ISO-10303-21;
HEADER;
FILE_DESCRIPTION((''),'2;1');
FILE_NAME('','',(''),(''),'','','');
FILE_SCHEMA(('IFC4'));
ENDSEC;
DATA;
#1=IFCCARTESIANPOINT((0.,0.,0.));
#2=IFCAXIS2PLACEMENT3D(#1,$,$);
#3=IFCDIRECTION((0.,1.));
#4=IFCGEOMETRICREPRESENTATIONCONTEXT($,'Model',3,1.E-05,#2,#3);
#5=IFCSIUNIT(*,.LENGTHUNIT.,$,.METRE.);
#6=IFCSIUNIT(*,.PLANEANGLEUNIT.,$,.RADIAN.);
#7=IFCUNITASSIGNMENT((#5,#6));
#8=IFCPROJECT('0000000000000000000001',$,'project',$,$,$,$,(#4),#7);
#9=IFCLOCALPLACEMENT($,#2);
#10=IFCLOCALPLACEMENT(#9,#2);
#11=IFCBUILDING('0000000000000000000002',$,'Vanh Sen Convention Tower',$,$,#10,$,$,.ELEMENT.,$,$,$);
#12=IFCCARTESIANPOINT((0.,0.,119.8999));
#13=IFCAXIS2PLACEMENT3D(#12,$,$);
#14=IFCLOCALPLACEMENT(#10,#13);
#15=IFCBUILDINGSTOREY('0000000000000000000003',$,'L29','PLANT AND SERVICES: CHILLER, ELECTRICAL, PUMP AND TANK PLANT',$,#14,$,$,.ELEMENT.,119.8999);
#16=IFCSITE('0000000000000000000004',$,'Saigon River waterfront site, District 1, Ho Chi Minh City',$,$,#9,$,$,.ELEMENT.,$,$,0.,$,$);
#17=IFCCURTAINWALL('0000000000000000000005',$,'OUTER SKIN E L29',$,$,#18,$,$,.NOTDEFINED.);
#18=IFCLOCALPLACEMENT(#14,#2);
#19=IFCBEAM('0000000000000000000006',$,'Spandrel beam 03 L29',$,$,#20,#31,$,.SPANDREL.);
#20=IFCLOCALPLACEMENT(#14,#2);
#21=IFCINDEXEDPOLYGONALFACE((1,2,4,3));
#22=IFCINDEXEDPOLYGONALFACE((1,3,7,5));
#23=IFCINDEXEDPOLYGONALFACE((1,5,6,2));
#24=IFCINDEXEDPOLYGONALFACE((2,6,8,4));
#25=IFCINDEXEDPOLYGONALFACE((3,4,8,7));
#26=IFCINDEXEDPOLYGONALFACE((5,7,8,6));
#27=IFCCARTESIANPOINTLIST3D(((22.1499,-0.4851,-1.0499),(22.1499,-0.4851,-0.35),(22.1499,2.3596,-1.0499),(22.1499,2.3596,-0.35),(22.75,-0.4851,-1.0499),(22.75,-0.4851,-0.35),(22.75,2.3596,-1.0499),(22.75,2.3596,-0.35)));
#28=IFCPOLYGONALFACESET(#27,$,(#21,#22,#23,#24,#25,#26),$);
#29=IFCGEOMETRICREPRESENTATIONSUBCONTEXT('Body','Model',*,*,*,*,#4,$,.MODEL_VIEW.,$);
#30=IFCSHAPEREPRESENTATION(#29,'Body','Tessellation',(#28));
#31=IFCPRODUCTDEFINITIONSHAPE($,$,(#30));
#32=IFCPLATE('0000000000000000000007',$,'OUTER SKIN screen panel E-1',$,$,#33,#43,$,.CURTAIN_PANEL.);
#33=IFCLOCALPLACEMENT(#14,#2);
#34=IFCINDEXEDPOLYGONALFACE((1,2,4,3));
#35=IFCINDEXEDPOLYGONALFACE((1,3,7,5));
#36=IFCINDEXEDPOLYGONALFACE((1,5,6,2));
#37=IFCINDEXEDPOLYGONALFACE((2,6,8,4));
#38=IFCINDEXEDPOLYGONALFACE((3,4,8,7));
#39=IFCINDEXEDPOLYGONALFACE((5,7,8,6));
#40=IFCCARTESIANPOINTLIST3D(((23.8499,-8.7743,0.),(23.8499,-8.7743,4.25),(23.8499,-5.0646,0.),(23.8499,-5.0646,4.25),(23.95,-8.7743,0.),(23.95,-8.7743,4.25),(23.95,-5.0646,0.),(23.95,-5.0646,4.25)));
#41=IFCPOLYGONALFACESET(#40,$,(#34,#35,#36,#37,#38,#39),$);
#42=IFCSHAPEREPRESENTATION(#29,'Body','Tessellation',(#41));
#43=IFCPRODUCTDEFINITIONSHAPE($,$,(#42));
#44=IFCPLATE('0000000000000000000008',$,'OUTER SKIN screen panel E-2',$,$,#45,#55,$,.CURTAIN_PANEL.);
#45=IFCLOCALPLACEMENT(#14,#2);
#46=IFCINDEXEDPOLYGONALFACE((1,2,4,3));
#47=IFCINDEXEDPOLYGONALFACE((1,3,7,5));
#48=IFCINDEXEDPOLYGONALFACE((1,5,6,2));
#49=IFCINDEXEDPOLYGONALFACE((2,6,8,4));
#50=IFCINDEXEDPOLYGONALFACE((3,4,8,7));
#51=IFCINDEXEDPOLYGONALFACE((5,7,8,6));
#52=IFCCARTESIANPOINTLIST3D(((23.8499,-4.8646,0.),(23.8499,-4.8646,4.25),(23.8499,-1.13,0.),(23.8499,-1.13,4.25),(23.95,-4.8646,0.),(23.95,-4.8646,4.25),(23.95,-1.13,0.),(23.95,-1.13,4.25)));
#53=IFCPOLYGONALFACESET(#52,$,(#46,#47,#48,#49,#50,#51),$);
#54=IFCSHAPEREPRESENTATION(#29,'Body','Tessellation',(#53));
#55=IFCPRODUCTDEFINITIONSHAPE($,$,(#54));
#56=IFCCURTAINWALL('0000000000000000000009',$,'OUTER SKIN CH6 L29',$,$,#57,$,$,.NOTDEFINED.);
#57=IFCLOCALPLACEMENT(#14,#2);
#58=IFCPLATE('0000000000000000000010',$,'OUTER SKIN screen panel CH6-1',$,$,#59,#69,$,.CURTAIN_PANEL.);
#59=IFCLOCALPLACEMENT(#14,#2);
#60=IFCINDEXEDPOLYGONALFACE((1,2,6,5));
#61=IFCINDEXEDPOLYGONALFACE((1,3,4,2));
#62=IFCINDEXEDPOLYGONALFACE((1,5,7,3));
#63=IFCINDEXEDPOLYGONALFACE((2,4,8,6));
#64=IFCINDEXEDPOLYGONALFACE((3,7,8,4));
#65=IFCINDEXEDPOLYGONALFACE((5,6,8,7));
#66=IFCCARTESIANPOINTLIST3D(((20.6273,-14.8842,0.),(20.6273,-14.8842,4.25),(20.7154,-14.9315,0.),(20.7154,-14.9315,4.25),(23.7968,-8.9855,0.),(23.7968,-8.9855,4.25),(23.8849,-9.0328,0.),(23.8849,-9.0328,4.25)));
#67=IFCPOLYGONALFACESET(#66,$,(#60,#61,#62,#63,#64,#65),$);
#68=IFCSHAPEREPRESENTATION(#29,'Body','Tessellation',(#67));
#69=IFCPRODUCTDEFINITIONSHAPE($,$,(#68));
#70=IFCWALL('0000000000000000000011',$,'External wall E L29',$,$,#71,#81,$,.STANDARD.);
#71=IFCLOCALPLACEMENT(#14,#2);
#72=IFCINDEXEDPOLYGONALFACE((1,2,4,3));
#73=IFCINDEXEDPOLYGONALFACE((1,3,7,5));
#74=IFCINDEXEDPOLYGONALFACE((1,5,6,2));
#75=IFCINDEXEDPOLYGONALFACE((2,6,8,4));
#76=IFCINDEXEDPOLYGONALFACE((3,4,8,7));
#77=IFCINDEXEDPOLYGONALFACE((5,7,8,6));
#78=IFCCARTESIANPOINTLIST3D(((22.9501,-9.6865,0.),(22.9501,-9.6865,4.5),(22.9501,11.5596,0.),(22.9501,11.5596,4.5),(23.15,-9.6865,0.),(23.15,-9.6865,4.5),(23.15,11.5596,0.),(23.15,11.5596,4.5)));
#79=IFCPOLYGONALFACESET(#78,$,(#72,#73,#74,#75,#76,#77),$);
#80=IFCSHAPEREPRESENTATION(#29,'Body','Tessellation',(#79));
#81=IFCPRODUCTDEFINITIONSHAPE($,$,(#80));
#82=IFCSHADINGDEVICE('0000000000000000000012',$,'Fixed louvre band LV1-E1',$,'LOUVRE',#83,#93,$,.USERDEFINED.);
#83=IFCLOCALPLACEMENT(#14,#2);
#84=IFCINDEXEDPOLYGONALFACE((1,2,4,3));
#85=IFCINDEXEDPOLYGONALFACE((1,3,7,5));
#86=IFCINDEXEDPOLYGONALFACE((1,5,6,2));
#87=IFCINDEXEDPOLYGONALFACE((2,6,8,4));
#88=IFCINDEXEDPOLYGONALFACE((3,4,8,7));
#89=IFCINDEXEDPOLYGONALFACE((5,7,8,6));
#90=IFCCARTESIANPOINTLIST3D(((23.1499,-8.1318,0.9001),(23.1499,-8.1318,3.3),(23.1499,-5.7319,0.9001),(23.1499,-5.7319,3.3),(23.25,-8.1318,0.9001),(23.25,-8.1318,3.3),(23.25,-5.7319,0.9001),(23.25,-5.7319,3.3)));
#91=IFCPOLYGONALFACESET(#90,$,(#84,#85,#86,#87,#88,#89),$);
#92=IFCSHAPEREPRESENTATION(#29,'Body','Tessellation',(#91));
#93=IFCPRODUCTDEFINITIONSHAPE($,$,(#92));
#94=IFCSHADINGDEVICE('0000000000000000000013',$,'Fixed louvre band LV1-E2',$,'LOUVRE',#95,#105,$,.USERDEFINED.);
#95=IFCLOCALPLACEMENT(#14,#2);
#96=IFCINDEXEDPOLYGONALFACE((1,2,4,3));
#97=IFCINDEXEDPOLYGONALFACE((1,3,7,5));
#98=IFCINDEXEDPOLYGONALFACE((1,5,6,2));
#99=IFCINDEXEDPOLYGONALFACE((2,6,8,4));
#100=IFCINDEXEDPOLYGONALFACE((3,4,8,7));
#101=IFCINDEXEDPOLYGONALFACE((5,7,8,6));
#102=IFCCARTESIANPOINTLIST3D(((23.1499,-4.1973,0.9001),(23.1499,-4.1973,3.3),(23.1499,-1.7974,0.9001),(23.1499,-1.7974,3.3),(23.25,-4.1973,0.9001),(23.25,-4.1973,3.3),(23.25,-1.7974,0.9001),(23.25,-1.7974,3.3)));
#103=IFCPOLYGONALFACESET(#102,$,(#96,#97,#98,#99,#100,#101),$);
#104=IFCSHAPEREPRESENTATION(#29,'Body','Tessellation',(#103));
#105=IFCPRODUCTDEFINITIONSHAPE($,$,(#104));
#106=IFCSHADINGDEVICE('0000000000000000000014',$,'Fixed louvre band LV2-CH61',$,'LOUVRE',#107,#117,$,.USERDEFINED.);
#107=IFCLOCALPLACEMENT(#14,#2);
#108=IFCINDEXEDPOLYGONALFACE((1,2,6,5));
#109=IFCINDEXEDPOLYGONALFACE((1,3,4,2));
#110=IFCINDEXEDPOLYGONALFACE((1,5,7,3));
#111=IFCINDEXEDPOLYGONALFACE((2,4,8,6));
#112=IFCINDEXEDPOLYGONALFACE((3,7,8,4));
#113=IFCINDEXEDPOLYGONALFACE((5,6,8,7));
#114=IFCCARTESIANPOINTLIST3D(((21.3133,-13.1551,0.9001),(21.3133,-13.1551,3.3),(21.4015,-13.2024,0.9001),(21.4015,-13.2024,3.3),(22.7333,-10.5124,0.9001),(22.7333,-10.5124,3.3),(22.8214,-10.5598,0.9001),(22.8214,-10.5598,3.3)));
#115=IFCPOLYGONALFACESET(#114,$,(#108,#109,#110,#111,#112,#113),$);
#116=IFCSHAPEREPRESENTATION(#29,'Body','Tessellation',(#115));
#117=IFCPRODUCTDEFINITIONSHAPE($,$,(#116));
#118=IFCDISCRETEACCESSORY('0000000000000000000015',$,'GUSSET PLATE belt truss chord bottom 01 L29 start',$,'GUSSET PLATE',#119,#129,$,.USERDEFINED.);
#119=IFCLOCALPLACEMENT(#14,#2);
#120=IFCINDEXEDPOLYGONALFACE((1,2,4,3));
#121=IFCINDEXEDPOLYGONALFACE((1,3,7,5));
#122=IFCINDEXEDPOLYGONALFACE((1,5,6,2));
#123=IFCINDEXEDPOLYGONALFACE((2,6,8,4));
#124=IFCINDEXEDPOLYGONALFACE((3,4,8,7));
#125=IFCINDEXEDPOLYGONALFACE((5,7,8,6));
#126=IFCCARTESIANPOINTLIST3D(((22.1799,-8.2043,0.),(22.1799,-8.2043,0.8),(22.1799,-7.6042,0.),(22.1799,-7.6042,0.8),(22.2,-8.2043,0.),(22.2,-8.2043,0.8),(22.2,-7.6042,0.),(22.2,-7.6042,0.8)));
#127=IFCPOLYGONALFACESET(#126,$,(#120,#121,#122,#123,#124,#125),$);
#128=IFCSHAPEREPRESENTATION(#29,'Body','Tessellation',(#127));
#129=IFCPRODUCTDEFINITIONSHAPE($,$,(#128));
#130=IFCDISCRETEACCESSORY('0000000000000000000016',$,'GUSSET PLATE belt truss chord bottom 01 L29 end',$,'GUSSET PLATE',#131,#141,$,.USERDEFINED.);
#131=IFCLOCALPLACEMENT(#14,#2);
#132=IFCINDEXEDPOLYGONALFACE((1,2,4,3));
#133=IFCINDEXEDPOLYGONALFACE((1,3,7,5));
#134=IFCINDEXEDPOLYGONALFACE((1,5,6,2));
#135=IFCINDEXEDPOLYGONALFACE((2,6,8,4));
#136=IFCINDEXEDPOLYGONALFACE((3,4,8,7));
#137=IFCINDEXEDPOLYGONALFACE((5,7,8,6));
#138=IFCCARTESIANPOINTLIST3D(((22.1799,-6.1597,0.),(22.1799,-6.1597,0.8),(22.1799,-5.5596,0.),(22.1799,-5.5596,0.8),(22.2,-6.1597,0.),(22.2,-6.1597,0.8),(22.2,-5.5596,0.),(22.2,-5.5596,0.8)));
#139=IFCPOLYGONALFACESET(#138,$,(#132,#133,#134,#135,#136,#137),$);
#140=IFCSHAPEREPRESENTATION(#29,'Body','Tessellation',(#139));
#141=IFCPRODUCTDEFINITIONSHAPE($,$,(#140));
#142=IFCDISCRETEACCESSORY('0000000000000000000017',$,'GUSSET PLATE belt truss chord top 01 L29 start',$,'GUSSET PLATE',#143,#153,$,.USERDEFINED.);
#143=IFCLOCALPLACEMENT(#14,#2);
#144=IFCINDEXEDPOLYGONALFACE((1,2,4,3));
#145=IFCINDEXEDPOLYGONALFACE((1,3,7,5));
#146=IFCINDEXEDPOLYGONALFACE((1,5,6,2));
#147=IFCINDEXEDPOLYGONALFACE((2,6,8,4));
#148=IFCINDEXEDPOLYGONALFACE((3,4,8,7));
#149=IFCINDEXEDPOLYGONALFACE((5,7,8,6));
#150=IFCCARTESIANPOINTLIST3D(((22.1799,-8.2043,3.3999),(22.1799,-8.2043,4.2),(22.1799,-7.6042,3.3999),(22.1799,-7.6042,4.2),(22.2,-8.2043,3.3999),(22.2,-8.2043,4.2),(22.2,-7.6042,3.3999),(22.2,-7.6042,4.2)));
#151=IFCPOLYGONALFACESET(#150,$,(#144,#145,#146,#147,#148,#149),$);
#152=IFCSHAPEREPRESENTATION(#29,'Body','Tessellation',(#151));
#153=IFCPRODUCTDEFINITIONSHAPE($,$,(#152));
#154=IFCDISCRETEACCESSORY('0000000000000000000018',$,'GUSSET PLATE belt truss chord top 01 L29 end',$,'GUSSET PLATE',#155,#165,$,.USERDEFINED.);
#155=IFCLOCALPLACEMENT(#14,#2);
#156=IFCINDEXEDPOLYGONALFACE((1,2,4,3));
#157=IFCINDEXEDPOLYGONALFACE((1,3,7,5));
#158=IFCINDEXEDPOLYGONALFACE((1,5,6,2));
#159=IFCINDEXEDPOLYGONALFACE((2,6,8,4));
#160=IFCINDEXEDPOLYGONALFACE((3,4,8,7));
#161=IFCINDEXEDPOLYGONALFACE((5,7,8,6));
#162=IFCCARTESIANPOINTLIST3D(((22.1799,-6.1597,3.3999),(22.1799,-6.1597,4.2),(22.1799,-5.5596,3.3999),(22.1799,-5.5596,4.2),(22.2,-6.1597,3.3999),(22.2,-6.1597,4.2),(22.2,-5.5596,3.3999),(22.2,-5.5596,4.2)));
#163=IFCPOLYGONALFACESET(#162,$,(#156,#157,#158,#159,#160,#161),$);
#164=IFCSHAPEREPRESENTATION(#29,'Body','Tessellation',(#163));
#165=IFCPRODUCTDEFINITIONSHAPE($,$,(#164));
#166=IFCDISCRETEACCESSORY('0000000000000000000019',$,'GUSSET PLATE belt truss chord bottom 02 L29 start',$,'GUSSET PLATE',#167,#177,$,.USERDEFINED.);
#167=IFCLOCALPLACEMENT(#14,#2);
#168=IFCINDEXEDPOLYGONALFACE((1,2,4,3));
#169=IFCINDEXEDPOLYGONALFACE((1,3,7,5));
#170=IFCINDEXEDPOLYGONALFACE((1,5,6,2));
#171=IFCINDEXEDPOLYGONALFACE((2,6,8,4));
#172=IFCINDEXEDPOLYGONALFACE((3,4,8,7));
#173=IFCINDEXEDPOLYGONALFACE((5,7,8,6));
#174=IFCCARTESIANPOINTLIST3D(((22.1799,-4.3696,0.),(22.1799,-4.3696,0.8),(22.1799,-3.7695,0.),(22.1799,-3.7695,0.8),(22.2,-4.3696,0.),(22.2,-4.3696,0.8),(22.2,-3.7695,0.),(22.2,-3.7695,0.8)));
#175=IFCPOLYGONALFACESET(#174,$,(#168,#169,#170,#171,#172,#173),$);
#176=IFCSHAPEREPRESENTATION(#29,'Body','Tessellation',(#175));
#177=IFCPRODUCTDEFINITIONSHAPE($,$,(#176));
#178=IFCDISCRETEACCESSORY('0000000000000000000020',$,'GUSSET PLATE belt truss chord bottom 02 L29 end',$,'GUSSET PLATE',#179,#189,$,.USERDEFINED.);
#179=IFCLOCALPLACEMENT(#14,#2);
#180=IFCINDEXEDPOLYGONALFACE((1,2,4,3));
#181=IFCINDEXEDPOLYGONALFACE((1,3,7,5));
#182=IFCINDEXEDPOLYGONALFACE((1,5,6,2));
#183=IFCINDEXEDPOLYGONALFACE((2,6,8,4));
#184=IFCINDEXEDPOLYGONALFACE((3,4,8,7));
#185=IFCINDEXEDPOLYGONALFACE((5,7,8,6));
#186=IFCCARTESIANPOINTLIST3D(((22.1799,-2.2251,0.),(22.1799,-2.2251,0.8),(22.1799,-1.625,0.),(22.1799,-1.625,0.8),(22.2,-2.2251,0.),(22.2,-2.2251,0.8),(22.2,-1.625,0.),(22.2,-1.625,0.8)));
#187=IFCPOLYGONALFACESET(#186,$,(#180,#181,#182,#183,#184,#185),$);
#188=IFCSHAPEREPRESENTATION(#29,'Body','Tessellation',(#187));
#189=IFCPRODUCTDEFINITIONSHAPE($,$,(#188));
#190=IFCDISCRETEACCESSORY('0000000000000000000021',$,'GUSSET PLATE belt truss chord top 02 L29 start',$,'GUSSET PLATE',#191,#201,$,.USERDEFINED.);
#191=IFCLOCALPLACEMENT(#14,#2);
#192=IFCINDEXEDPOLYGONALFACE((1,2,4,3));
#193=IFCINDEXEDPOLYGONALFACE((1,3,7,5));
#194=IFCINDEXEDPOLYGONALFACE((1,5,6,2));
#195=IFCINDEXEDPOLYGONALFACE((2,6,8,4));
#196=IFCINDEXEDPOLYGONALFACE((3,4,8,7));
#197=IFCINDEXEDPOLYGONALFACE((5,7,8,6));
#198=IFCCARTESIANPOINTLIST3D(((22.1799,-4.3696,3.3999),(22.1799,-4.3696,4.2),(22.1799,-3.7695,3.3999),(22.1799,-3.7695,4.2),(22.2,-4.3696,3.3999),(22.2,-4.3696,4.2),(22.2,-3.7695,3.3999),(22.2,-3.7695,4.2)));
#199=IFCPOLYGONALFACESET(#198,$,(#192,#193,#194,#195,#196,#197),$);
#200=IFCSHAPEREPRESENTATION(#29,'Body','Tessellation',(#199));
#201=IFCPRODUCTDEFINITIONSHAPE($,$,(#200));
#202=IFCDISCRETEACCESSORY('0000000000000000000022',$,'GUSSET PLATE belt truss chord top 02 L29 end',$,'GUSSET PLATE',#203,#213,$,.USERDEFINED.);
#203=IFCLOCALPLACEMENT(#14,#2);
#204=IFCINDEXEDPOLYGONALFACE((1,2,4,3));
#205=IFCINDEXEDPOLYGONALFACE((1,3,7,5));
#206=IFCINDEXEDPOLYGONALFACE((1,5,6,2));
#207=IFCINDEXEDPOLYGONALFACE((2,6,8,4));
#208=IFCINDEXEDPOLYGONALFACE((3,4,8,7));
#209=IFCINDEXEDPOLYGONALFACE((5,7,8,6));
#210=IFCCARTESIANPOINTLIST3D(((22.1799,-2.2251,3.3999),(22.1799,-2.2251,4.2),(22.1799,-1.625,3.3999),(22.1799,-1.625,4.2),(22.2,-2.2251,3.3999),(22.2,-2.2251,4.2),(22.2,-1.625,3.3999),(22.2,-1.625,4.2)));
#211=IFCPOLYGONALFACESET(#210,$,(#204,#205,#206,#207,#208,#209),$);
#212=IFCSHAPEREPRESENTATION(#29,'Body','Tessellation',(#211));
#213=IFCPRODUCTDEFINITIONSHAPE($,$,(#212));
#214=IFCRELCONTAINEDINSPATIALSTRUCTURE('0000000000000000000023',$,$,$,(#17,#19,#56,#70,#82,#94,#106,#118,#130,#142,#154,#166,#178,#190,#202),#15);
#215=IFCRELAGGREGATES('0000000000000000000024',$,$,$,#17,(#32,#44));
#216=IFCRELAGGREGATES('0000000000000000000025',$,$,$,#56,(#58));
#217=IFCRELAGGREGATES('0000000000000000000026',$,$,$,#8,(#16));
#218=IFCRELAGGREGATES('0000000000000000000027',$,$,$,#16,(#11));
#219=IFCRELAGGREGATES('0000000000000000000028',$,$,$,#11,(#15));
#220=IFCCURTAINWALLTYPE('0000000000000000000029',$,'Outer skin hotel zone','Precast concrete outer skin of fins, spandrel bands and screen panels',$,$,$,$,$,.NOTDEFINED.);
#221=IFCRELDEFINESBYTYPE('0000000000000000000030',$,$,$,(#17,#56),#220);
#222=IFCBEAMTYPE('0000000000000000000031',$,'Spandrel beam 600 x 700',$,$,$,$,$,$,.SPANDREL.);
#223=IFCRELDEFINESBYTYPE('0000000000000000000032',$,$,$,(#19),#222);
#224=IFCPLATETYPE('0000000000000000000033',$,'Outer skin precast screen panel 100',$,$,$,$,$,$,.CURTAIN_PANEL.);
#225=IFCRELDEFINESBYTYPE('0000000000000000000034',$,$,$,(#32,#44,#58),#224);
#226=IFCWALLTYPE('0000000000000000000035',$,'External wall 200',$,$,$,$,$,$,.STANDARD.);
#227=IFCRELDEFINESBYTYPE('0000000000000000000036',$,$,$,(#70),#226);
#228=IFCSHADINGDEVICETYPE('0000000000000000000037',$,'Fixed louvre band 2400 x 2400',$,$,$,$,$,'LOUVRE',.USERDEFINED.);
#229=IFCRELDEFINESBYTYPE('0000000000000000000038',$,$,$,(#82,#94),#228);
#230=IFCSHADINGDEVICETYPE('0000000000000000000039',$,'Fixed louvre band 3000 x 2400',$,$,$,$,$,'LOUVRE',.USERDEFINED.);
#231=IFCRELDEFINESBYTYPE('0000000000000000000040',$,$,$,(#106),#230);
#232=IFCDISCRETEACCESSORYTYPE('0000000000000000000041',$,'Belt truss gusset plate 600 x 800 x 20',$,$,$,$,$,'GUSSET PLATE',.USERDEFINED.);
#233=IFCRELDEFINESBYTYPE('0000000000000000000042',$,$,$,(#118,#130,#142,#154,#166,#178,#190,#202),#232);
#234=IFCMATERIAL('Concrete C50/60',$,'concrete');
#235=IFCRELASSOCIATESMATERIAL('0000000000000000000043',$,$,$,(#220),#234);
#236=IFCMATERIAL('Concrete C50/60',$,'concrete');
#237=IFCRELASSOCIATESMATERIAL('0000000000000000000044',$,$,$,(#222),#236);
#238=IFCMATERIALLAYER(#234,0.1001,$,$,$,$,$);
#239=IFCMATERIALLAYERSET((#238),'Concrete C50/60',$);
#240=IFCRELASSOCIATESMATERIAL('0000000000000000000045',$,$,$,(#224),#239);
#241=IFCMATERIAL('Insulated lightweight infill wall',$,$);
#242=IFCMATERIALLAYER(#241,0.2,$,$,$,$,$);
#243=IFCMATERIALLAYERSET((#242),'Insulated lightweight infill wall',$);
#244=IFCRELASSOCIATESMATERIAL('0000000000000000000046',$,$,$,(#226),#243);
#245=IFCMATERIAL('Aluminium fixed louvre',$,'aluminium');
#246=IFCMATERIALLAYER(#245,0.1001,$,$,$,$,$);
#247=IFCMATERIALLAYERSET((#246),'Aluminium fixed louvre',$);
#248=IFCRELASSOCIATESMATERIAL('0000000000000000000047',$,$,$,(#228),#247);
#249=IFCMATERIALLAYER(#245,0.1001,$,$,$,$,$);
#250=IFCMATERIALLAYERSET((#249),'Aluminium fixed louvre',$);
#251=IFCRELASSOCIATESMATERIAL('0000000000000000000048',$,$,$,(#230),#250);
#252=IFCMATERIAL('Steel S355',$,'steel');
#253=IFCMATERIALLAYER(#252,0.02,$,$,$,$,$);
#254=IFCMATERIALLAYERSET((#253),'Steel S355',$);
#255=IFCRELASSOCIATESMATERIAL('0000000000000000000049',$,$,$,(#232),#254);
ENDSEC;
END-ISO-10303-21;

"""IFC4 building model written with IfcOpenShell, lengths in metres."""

from ifc_helpers import new_model, si_unit, direction, frame, frame_2d, origin, origin_2d, place, context, subcontext, project, spatial, rectangle, extrude, material, layer, layer_set, material_profile, profile_set, type_object, element, aggregate, save


model = new_model("IFC4")

# Units and contexts
model_context = context("Model", 3, precision=1e-05, world=origin(), true_north=direction((0.0, 1.0)))
body_context = subcontext(model_context, "Body", "Model", "MODEL_VIEW")
ifc_project = project(units=[si_unit("LENGTHUNIT", "METRE"), si_unit("PLANEANGLEUNIT", "RADIAN")], contexts=[model_context])

# Site, building, storey
site_placement = place(None, origin())
site = spatial("IfcSite", under=ifc_project, at=site_placement, Name="Saigon River waterfront site, District 1, Ho Chi Minh City", CompositionType="ELEMENT", RefElevation=0.0)
building_placement = place(site_placement, origin())
building = spatial("IfcBuilding", under=site, at=building_placement, Name="Vanh Sen Convention Tower", CompositionType="ELEMENT")
storey_placement = place(building_placement, frame((0.0, 0.0, 119.8999)))
storey = spatial("IfcBuildingStorey", under=building, at=storey_placement, Name="L29", Description="PLANT AND SERVICES: CHILLER, ELECTRICAL, PUMP AND TANK PLANT", CompositionType="ELEMENT", Elevation=119.8999)

# Shared definitions
ifc_material_1 = material(Name="Steel S355", Category="steel")

# Curtain wall
ifc_material_2 = material(Name="Concrete C50/60", Category="concrete")
curtain_wall_type = type_object("IfcCurtainWallType", Name="Outer skin hotel zone", Description="Precast concrete outer skin of fins, spandrel bands and screen panels", PredefinedType="NOTDEFINED", material=ifc_material_2)
curtain_wall_1_placement = place(storey_placement, origin())
curtain_wall_1 = element("IfcCurtainWall", 1, at=curtain_wall_1_placement, inside=storey, type_object=curtain_wall_type, Name="OUTER SKIN E L29", PredefinedType="NOTDEFINED")

# Beam
ifc_material_3 = material(Name="Concrete C50/60", Category="concrete")
ifc_material_profile_1 = material_profile(ifc_material_3, rectangle(XDim=0.6001, YDim=0.7, at=origin_2d()), Name="RC 600X700")
ifc_profile_set_1 = profile_set([ifc_material_profile_1], Name="Concrete C50/60")
beam_type_1 = type_object("IfcBeamType", Name="Spandrel beam 600 x 700", PredefinedType="SPANDREL", material=ifc_profile_set_1)
beam_1_placement = place(storey_placement, frame((22.45, -0.4851, -0.7), z_axis=(0.0, 1.0, 0.0), x_axis=(-1.0, 0.0, 0.0)))
element("IfcBeam", 2, at=beam_1_placement, inside=storey, type_object=beam_type_1, Name="Spandrel beam 03 L29", PredefinedType="SPANDREL", context=body_context, shape_type="SweptSolid", body=[
    extrude(rectangle(XDim=0.6001, YDim=0.7, at=origin_2d()), origin(), (0.0, 0.0, 1.0), 2.8447),
])

# Plates
ifc_layer_1 = layer(ifc_material_2, 0.1001)
ifc_layer_set_1 = layer_set([ifc_layer_1], Name="Concrete C50/60")
plate_type = type_object("IfcPlateType", Name="Outer skin precast screen panel 100", PredefinedType="CURTAIN_PANEL", material=ifc_layer_set_1)
plate_1_placement = place(storey_placement, frame((23.8999, -6.9194, 0.0), z_axis=(0.0, 0.0, 1.0), x_axis=(0.0, 1.0, 0.0)))
plate_1 = element("IfcPlate", 3, at=plate_1_placement, type_object=plate_type, Name="OUTER SKIN screen panel E-1", PredefinedType="CURTAIN_PANEL", context=body_context, shape_type="SweptSolid", body=[
    extrude(rectangle(XDim=3.7097, YDim=0.1001, at=origin_2d()), origin(), (0.0, 0.0, 1.0), 4.25),
])
plate_2_placement = place(storey_placement, frame((23.8999, -2.9973, 0.0), z_axis=(0.0, 0.0, 1.0), x_axis=(0.0, 1.0, 0.0)))
plate_2 = element("IfcPlate", 4, at=plate_2_placement, type_object=plate_type, Name="OUTER SKIN screen panel E-2", PredefinedType="CURTAIN_PANEL", context=body_context, shape_type="SweptSolid", body=[
    extrude(rectangle(XDim=3.7346, YDim=0.1001, at=origin_2d()), origin(), (0.0, 0.0, 1.0), 4.25),
])
aggregate(curtain_wall_1, [plate_1, plate_2])

# Curtain wall, plate
curtain_wall_2_placement = place(storey_placement, origin())
curtain_wall_2 = element("IfcCurtainWall", 5, at=curtain_wall_2_placement, inside=storey, type_object=curtain_wall_type, Name="OUTER SKIN CH6 L29", PredefinedType="NOTDEFINED")
plate_3_placement = place(storey_placement, frame((22.2561, -11.9585, 0.0), z_axis=(0.0, 0.0, 1.0), x_axis=(0.473323, 0.880889, 0.0)))
plate_3 = element("IfcPlate", 6, at=plate_3_placement, type_object=plate_type, Name="OUTER SKIN screen panel CH6-1", PredefinedType="CURTAIN_PANEL", context=body_context, shape_type="SweptSolid", body=[
    extrude(rectangle(XDim=6.6963, YDim=0.1001, at=origin_2d()), origin(), (0.0, 0.0, 1.0), 4.25),
])
aggregate(curtain_wall_2, [plate_3])

# Wall
ifc_material_4 = material(Name="Insulated lightweight infill wall")
ifc_layer_2 = layer(ifc_material_4, 0.2)
ifc_layer_set_2 = layer_set([ifc_layer_2], Name="Insulated lightweight infill wall")
wall_type = type_object("IfcWallType", Name="External wall 200", PredefinedType="STANDARD", material=ifc_layer_set_2)
wall_placement = place(storey_placement, frame((23.05, -9.6865, 0.0), z_axis=(0.0, 0.0, 1.0), x_axis=(0.0, 1.0, 0.0)))
element("IfcWall", 7, at=wall_placement, inside=storey, type_object=wall_type, Name="External wall E L29", PredefinedType="STANDARD", context=body_context, shape_type="SweptSolid", body=[
    extrude(rectangle(XDim=21.2461, YDim=0.2, at=frame_2d((10.623, 0.0))), origin(), (0.0, 0.0, 1.0), 4.5),
])

# Shading devices
ifc_material_5 = material(Name="Aluminium fixed louvre", Category="aluminium")
ifc_layer_3 = layer(ifc_material_5, 0.1001)
ifc_layer_set_3 = layer_set([ifc_layer_3], Name="Aluminium fixed louvre")
shading_device_type_1 = type_object("IfcShadingDeviceType", Name="Fixed louvre band 2400 x 2400", ElementType="LOUVRE", PredefinedType="USERDEFINED", material=ifc_layer_set_3)
for number, where, z_axis, x_axis, name in (
    (8, (23.2, -6.9319, 0.9001), (0.0, 0.0, 1.0), (0.0, 1.0, 0.0), "Fixed louvre band LV1-E1"),
    (9, (23.2, -2.9973, 0.9001), (0.0, 0.0, 1.0), (0.0, 1.0, 0.0), "Fixed louvre band LV1-E2"),
):
    element("IfcShadingDevice", number, at=place(storey_placement, frame(where, z_axis=z_axis, x_axis=x_axis)), inside=storey, type_object=shading_device_type_1, Name=name, ObjectType="LOUVRE", PredefinedType="USERDEFINED", context=body_context, shape_type="SweptSolid", body=[
        extrude(rectangle(XDim=2.3999, YDim=0.1001, at=origin_2d()), origin(), (0.0, 0.0, 1.0), 2.3999),
    ])
ifc_layer_4 = layer(ifc_material_5, 0.1001)
ifc_layer_set_4 = layer_set([ifc_layer_4], Name="Aluminium fixed louvre")
shading_device_type_2 = type_object("IfcShadingDeviceType", Name="Fixed louvre band 3000 x 2400", ElementType="LOUVRE", PredefinedType="USERDEFINED", material=ifc_layer_set_4)
shading_device_placement = place(storey_placement, frame((22.0674, -11.8574, 0.9001), z_axis=(0.0, 0.0, 1.0), x_axis=(0.473318, 0.880892, 0.0)))
element("IfcShadingDevice", 10, at=shading_device_placement, inside=storey, type_object=shading_device_type_2, Name="Fixed louvre band LV2-CH61", ObjectType="LOUVRE", PredefinedType="USERDEFINED", context=body_context, shape_type="SweptSolid", body=[
    extrude(rectangle(XDim=3.0, YDim=0.1001, at=origin_2d()), origin(), (0.0, 0.0, 1.0), 2.3999),
])

# Discrete accessories
ifc_layer_5 = layer(ifc_material_1, 0.02)
ifc_layer_set_5 = layer_set([ifc_layer_5], Name="Steel S355")
discrete_accessory_type_1 = type_object("IfcDiscreteAccessoryType", Name="Belt truss gusset plate 600 x 800 x 20", ElementType="GUSSET PLATE", PredefinedType="USERDEFINED", material=ifc_layer_set_5)
for number, where, z_axis, x_axis, name in (
    (11, (22.1899, -7.9043, 0.0), (0.0, 0.0, 1.0), (0.0, 1.0, 0.0), "GUSSET PLATE belt truss chord bottom 01 L29 start"),
    (12, (22.1899, -5.8596, 0.0), (0.0, 0.0, 1.0), (0.0, -1.0, 0.0), "GUSSET PLATE belt truss chord bottom 01 L29 end"),
    (13, (22.1899, -7.9043, 3.3999), (0.0, 0.0, 1.0), (0.0, 1.0, 0.0), "GUSSET PLATE belt truss chord top 01 L29 start"),
    (14, (22.1899, -5.8596, 3.3999), (0.0, 0.0, 1.0), (0.0, -1.0, 0.0), "GUSSET PLATE belt truss chord top 01 L29 end"),
    (15, (22.1899, -4.0696, 0.0), (0.0, 0.0, 1.0), (0.0, 1.0, 0.0), "GUSSET PLATE belt truss chord bottom 02 L29 start"),
    (16, (22.1899, -1.925, 0.0), (0.0, 0.0, 1.0), (0.0, -1.0, 0.0), "GUSSET PLATE belt truss chord bottom 02 L29 end"),
    (17, (22.1899, -4.0696, 3.3999), (0.0, 0.0, 1.0), (0.0, 1.0, 0.0), "GUSSET PLATE belt truss chord top 02 L29 start"),
    (18, (22.1899, -1.925, 3.3999), (0.0, 0.0, 1.0), (0.0, -1.0, 0.0), "GUSSET PLATE belt truss chord top 02 L29 end"),
):
    element("IfcDiscreteAccessory", number, at=place(storey_placement, frame(where, z_axis=z_axis, x_axis=x_axis)), inside=storey, type_object=discrete_accessory_type_1, Name=name, ObjectType="GUSSET PLATE", PredefinedType="USERDEFINED", context=body_context, shape_type="SweptSolid", body=[
        extrude(rectangle(XDim=0.6001, YDim=0.02, at=origin_2d()), origin(), (0.0, 0.0, 1.0), 0.8),
    ])

save(model, "model.ifc")
